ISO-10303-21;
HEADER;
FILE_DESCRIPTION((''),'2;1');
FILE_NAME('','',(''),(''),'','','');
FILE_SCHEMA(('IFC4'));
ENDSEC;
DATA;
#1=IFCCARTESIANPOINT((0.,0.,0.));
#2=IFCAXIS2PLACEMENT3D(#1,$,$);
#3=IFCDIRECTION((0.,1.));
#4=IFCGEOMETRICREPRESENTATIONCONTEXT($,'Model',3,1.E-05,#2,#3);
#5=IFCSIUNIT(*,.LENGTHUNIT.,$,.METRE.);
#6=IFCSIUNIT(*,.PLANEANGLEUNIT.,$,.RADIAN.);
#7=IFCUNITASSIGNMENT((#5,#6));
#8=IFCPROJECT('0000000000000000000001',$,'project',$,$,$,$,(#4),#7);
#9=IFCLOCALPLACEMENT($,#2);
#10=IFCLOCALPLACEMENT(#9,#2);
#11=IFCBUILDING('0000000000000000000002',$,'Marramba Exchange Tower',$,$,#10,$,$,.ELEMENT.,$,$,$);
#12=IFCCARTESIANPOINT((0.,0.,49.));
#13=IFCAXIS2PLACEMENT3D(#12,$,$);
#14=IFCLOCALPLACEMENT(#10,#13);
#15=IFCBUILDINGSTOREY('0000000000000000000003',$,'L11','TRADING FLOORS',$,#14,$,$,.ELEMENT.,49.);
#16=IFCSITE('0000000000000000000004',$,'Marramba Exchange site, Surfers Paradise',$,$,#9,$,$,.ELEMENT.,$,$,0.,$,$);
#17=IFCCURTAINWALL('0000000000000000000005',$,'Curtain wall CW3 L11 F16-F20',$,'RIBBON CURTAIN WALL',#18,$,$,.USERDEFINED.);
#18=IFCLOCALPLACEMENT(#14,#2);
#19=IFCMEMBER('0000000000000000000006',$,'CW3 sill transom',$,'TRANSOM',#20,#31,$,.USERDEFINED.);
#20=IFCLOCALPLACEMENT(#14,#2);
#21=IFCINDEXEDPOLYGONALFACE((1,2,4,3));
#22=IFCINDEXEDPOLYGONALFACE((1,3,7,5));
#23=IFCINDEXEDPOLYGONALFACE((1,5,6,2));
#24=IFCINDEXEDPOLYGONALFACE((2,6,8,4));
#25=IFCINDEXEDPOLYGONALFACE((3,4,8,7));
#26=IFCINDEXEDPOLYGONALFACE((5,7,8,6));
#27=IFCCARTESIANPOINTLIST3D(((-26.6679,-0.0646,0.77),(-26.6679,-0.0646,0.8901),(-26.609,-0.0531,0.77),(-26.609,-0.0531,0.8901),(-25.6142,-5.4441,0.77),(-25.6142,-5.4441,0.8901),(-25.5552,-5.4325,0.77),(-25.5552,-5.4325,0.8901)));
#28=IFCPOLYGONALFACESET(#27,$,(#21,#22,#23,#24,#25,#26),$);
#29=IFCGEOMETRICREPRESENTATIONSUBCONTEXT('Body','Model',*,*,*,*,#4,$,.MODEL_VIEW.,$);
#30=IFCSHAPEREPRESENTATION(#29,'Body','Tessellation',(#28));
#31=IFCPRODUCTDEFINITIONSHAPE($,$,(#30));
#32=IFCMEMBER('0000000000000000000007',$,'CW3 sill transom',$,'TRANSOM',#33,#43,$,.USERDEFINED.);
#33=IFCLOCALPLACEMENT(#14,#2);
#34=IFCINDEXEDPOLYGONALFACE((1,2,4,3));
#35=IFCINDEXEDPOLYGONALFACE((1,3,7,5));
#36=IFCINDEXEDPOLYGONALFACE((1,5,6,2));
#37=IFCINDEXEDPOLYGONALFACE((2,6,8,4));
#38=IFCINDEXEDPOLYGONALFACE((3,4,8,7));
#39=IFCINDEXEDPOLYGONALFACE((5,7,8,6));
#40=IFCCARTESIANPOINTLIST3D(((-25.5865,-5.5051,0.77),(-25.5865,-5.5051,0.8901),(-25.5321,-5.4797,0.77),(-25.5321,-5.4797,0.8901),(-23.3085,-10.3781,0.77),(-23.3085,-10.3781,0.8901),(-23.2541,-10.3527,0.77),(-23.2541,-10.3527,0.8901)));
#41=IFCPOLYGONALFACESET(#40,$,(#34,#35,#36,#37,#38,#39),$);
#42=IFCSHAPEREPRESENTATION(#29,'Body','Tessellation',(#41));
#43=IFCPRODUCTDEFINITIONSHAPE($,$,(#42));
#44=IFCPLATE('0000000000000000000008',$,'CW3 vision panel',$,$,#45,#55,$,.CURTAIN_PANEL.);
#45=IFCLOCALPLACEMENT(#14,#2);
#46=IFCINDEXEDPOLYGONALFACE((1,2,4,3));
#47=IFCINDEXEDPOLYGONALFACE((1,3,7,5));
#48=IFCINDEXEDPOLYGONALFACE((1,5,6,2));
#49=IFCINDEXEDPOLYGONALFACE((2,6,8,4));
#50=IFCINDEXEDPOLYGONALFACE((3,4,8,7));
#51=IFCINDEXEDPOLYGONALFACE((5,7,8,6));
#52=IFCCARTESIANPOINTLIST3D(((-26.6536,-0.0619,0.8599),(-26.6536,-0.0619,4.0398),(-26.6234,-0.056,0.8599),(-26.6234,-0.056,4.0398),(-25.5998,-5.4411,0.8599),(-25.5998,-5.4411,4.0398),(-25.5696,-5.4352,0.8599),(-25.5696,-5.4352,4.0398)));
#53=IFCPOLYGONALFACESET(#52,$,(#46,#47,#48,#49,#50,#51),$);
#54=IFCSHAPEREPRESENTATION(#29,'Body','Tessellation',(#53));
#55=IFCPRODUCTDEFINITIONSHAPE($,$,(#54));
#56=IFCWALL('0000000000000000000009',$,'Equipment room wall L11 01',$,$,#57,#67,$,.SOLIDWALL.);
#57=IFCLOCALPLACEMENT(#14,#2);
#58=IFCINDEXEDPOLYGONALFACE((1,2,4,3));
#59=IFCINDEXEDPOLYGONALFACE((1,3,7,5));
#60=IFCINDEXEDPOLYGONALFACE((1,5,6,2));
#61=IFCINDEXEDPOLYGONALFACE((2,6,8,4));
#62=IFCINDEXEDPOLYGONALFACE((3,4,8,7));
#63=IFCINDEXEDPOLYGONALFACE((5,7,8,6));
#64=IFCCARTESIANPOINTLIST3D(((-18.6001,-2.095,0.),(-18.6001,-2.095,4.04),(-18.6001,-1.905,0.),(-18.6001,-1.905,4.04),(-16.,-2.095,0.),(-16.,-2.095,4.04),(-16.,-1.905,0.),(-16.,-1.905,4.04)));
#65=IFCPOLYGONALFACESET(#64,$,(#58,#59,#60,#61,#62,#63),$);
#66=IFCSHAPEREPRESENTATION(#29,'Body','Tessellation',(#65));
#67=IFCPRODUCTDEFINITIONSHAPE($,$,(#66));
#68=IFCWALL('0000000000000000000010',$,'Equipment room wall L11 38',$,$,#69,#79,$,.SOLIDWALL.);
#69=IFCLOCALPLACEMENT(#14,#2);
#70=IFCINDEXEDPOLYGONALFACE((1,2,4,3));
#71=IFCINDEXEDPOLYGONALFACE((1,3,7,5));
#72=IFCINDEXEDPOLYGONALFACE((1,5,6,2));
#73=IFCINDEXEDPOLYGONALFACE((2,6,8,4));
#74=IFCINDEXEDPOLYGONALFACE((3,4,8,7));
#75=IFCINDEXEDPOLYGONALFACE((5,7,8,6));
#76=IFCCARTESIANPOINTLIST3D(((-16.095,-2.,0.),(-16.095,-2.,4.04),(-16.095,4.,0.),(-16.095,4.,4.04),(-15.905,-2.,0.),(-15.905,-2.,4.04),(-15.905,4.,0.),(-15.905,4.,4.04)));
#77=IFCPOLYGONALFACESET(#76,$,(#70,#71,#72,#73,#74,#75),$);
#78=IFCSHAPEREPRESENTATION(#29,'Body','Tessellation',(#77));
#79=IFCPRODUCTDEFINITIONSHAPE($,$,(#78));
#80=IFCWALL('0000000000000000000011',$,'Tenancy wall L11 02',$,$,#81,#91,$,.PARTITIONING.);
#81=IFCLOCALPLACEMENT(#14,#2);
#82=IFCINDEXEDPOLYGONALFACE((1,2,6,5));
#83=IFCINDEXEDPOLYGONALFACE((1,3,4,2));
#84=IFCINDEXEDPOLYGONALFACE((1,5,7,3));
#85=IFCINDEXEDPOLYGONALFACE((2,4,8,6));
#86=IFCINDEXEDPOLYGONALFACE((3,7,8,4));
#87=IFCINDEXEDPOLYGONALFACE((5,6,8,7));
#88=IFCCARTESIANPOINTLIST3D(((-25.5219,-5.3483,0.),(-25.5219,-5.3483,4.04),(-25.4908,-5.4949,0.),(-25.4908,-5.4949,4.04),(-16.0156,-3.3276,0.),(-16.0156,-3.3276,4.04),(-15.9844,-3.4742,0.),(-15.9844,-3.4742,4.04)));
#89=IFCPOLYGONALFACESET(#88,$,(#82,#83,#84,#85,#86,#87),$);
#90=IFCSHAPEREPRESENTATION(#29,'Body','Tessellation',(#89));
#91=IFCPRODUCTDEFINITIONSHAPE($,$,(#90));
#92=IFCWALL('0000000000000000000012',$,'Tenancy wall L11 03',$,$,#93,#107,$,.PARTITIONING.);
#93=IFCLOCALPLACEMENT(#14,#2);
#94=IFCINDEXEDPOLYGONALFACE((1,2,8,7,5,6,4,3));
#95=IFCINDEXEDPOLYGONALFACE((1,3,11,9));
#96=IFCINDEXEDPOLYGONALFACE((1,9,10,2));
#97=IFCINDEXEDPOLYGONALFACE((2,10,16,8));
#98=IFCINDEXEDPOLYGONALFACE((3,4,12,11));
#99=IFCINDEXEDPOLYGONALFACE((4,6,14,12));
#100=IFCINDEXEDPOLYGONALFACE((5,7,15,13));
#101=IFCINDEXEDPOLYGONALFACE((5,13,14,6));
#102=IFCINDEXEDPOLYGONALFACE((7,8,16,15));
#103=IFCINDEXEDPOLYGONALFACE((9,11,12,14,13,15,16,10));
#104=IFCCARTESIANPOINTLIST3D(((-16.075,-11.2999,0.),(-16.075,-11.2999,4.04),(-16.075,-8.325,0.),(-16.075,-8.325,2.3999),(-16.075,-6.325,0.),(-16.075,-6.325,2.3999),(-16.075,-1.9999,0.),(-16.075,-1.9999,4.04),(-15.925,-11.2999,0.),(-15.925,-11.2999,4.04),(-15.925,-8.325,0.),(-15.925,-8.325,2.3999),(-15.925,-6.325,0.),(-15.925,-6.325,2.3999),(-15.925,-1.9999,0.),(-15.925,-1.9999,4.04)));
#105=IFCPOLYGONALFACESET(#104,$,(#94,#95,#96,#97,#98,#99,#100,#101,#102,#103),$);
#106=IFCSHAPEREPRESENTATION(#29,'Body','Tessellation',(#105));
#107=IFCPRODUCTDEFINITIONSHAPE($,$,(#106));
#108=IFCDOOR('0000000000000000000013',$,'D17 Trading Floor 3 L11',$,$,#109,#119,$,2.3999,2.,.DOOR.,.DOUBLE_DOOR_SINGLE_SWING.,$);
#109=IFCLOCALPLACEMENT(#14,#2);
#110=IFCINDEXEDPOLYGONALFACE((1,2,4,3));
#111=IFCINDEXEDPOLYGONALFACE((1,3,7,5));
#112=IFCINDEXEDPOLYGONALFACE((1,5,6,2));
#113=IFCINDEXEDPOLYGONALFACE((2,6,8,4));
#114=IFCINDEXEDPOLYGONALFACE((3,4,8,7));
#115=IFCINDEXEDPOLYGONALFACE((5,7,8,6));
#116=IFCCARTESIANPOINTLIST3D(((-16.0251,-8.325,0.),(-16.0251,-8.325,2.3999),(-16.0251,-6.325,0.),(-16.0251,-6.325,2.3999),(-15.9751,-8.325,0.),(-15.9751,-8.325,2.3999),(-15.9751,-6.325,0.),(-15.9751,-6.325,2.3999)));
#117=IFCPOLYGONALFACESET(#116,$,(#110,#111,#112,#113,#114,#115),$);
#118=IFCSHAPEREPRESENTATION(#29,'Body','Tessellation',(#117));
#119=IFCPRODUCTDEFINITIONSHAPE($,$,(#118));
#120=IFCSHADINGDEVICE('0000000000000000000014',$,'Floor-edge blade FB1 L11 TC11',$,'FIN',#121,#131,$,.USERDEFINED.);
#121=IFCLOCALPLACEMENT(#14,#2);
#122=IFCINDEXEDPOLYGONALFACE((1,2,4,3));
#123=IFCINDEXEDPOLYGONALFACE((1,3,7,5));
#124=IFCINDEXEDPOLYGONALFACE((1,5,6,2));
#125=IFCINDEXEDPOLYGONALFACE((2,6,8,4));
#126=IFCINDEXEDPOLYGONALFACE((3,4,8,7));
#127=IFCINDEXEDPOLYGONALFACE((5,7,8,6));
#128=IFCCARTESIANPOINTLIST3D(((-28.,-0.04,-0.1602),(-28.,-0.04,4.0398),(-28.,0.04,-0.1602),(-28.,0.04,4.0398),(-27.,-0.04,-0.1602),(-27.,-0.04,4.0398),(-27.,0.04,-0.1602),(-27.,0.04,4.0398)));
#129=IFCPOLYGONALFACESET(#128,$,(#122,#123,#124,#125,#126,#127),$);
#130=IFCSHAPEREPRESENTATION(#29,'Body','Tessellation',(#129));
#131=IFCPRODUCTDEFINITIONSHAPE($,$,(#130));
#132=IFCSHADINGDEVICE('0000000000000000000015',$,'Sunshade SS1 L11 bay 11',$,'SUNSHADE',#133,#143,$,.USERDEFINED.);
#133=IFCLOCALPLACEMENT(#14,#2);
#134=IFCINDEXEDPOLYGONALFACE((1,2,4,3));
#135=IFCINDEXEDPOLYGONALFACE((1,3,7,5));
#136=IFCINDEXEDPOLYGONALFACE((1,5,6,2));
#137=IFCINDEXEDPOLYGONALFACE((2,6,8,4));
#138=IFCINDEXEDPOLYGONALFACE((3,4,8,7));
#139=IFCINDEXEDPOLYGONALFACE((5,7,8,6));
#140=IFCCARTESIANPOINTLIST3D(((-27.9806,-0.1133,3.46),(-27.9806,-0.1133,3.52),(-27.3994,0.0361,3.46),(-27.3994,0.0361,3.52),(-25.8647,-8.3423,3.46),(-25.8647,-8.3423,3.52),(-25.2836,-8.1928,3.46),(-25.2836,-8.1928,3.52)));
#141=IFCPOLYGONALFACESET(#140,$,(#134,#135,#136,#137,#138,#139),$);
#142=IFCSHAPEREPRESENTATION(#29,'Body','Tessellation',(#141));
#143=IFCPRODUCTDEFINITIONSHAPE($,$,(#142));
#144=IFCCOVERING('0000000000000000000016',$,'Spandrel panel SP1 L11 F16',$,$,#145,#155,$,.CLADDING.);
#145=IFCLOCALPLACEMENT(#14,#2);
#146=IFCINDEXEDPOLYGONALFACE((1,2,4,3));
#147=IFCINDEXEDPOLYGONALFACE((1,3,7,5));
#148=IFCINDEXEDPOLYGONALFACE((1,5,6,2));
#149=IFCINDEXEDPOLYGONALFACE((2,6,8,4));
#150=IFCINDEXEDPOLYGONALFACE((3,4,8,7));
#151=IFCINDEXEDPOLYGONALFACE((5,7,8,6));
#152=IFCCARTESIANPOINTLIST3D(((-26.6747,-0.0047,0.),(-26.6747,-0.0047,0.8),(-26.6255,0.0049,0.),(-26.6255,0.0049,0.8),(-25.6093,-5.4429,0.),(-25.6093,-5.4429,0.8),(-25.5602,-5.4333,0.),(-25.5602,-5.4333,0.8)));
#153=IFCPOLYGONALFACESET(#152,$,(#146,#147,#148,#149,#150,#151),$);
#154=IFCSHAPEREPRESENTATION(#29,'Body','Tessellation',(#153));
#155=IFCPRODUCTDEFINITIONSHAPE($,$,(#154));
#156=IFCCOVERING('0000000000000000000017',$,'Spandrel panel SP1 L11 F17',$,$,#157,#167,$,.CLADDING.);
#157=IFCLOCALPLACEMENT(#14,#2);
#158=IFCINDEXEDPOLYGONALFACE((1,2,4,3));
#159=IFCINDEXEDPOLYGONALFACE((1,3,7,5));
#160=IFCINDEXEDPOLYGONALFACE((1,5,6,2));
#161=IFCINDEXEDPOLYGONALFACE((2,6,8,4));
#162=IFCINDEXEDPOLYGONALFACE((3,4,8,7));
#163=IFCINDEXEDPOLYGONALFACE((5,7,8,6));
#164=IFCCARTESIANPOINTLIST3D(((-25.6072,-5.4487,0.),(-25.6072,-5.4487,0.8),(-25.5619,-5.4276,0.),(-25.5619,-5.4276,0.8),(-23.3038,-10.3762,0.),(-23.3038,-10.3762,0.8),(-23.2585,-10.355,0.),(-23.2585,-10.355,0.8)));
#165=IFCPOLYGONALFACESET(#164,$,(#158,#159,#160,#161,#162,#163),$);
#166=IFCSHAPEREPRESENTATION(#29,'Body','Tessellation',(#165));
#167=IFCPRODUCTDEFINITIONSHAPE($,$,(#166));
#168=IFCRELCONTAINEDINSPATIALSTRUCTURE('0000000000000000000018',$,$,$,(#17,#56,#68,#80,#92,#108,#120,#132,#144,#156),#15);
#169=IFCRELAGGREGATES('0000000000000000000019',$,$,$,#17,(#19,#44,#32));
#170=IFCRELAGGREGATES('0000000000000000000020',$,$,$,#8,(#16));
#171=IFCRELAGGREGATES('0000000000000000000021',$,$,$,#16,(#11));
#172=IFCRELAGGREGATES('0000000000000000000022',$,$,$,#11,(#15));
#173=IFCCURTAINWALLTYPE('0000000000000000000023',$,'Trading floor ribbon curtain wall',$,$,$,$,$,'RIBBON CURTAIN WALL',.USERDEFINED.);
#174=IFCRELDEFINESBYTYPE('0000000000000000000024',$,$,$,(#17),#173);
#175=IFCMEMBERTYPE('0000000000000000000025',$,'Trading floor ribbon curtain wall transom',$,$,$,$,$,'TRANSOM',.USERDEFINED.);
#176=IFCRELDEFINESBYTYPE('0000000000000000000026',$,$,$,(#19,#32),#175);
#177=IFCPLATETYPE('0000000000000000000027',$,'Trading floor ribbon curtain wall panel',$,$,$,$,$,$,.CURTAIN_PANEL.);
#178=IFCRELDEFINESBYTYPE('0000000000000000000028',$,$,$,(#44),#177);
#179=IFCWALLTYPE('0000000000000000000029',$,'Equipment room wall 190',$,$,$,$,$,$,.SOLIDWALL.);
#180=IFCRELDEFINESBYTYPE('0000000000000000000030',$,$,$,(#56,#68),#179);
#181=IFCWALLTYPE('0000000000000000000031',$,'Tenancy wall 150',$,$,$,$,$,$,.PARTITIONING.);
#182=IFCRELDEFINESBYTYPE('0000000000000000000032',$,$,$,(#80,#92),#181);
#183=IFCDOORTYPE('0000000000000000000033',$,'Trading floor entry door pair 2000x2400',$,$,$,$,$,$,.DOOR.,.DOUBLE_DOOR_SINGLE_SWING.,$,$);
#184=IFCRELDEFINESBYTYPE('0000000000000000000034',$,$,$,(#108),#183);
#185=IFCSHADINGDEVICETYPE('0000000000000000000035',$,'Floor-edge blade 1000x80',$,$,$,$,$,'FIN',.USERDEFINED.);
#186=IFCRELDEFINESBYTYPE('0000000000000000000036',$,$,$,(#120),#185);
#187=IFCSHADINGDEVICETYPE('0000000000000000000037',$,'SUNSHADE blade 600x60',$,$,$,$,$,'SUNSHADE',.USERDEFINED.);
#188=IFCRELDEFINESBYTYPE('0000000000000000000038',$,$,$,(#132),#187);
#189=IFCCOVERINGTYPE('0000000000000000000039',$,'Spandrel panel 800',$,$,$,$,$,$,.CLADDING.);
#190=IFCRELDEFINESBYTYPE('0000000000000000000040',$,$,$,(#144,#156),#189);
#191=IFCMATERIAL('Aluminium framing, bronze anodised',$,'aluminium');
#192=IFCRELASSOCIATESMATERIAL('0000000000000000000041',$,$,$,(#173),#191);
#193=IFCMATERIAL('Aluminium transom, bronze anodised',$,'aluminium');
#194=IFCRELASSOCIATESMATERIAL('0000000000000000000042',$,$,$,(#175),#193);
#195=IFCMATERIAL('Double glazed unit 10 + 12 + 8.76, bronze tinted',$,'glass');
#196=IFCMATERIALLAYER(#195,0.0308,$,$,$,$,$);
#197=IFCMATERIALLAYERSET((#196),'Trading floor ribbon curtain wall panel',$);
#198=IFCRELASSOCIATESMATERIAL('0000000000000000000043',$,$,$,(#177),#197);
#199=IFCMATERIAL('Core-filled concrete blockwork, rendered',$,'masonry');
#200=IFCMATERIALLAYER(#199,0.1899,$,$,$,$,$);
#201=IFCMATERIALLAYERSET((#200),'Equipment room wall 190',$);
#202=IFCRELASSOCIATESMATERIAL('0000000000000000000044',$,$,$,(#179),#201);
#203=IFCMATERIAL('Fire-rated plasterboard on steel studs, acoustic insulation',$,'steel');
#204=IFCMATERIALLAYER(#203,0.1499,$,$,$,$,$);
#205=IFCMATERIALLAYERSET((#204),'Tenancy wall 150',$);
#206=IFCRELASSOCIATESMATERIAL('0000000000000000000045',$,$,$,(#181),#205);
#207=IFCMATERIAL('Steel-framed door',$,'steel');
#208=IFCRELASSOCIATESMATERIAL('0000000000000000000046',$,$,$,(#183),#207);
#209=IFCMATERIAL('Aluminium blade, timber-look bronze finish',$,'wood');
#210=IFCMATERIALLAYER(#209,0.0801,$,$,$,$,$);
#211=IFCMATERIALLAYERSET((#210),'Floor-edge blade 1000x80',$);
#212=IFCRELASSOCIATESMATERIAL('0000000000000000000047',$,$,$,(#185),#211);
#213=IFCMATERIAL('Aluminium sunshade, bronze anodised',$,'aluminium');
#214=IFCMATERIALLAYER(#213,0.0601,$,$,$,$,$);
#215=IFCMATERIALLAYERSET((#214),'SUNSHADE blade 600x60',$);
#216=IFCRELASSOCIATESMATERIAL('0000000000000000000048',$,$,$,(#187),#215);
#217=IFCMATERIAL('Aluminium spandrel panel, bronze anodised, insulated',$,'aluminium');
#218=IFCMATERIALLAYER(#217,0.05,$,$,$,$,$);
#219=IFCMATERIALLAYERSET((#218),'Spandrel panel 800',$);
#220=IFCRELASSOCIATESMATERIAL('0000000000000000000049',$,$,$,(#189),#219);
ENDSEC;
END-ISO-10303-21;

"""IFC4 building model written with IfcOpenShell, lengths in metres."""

from ifc_helpers import new_model, si_unit, direction, frame, frame_2d, origin, origin_2d, place, context, subcontext, project, spatial, rectangle, extrude, material, layer, layer_set, material_profile, profile_set, type_object, element, fill, aggregate, save


model = new_model("IFC4")

# Units and contexts
model_context = context("Model", 3, precision=1e-05, world=origin(), true_north=direction((0.0, 1.0)))
body_context = subcontext(model_context, "Body", "Model", "MODEL_VIEW")
ifc_project = project(units=[si_unit("LENGTHUNIT", "METRE"), si_unit("PLANEANGLEUNIT", "RADIAN")], contexts=[model_context])

# Site, building, storey
site_placement = place(None, origin())
site = spatial("IfcSite", under=ifc_project, at=site_placement, Name="Marramba Exchange site, Surfers Paradise", CompositionType="ELEMENT", RefElevation=0.0)
building_placement = place(site_placement, origin())
building = spatial("IfcBuilding", under=site, at=building_placement, Name="Marramba Exchange Tower", CompositionType="ELEMENT")
storey_placement = place(building_placement, frame((0.0, 0.0, 49.0)))
storey = spatial("IfcBuildingStorey", under=building, at=storey_placement, Name="L11", Description="TRADING FLOORS", CompositionType="ELEMENT", Elevation=49.0)

# Curtain wall, members, plate
ifc_material_1 = material(Name="Aluminium framing, bronze anodised", Category="aluminium")
curtain_wall_type = type_object("IfcCurtainWallType", Name="Trading floor ribbon curtain wall", ElementType="RIBBON CURTAIN WALL", PredefinedType="USERDEFINED", material=ifc_material_1)
curtain_wall_placement = place(storey_placement, origin())
curtain_wall = element("IfcCurtainWall", 1, at=curtain_wall_placement, inside=storey, type_object=curtain_wall_type, Name="Curtain wall CW3 L11 F16-F20", ObjectType="RIBBON CURTAIN WALL", PredefinedType="USERDEFINED")
ifc_material_2 = material(Name="Aluminium transom, bronze anodised", Category="aluminium")
ifc_material_profile_1 = material_profile(ifc_material_2, rectangle(XDim=0.0601, YDim=0.1201, at=origin_2d()), Name="CW3 transom 60x120")
ifc_profile_set_1 = profile_set([ifc_material_profile_1], Name="Aluminium transom, bronze anodised")
member_type_1 = type_object("IfcMemberType", Name="Trading floor ribbon curtain wall transom", ElementType="TRANSOM", PredefinedType="USERDEFINED", material=ifc_profile_set_1)
member_1_placement = place(storey_placement, frame((-26.6384, -0.0588, 0.8301), z_axis=(0.192226, -0.981351, 0.0), x_axis=(0.981351, 0.192226, 0.0)))
member_1 = element("IfcMember", 2, at=member_1_placement, type_object=member_type_1, Name="CW3 sill transom", ObjectType="TRANSOM", PredefinedType="USERDEFINED", context=body_context, shape_type="SweptSolid", body=[
    extrude(rectangle(XDim=0.0601, YDim=0.1201, at=origin_2d()), origin(), (0.0, 0.0, 1.0), 5.4817),
])
member_2_placement = place(storey_placement, frame((-25.5593, -5.4924, 0.8301), z_axis=(0.423494, -0.905899, 0.0), x_axis=(0.905899, 0.423494, 0.0)))
member_2 = element("IfcMember", 3, at=member_2_placement, type_object=member_type_1, Name="CW3 sill transom", ObjectType="TRANSOM", PredefinedType="USERDEFINED", context=body_context, shape_type="SweptSolid", body=[
    extrude(rectangle(XDim=0.0601, YDim=0.1201, at=origin_2d()), origin(), (0.0, 0.0, 1.0), 5.3792),
])
ifc_material_3 = material(Name="Double glazed unit 10 + 12 + 8.76, bronze tinted", Category="glass")
ifc_layer_1 = layer(ifc_material_3, 0.0308)
ifc_layer_set_1 = layer_set([ifc_layer_1], Name="Trading floor ribbon curtain wall panel")
plate_type = type_object("IfcPlateType", Name="Trading floor ribbon curtain wall panel", PredefinedType="CURTAIN_PANEL", material=ifc_layer_set_1)
plate_placement = place(storey_placement, frame((-26.1116, -2.7485, 0.8599), z_axis=(0.0, 0.0, 1.0), x_axis=(0.192249, -0.981346, 0.0)))
plate = element("IfcPlate", 4, at=plate_placement, type_object=plate_type, Name="CW3 vision panel", PredefinedType="CURTAIN_PANEL", context=body_context, shape_type="SweptSolid", body=[
    extrude(rectangle(XDim=5.4814, YDim=0.0308, at=origin_2d()), origin(), (0.0, 0.0, 1.0), 3.1799),
])
aggregate(curtain_wall, [member_1, plate, member_2])

# Walls
ifc_material_4 = material(Name="Core-filled concrete blockwork, rendered", Category="masonry")
ifc_layer_2 = layer(ifc_material_4, 0.1899)
ifc_layer_set_2 = layer_set([ifc_layer_2], Name="Equipment room wall 190")
wall_type_1 = type_object("IfcWallType", Name="Equipment room wall 190", PredefinedType="SOLIDWALL", material=ifc_layer_set_2)
wall_1_placement = place(storey_placement, frame((-18.6001, -2.0, 0.0), z_axis=(0.0, 0.0, 1.0), x_axis=(1.0, 0.0, 0.0)))
element("IfcWall", 5, at=wall_1_placement, inside=storey, type_object=wall_type_1, Name="Equipment room wall L11 01", PredefinedType="SOLIDWALL", context=body_context, shape_type="SweptSolid", body=[
    extrude(rectangle(XDim=2.6001, YDim=0.1899, at=frame_2d((1.3, 0.0))), origin(), (0.0, 0.0, 1.0), 4.04),
])
wall_2_placement = place(storey_placement, frame((-16.0, -2.0, 0.0), z_axis=(0.0, 0.0, 1.0), x_axis=(0.0, 1.0, 0.0)))
element("IfcWall", 6, at=wall_2_placement, inside=storey, type_object=wall_type_1, Name="Equipment room wall L11 38", PredefinedType="SOLIDWALL", context=body_context, shape_type="SweptSolid", body=[
    extrude(rectangle(XDim=6.0, YDim=0.1899, at=frame_2d((3.0, 0.0))), origin(), (0.0, 0.0, 1.0), 4.04),
])
ifc_material_5 = material(Name="Fire-rated plasterboard on steel studs, acoustic insulation", Category="steel")
ifc_layer_3 = layer(ifc_material_5, 0.1499)
ifc_layer_set_3 = layer_set([ifc_layer_3], Name="Tenancy wall 150")
wall_type_2 = type_object("IfcWallType", Name="Tenancy wall 150", PredefinedType="PARTITIONING", material=ifc_layer_set_3)
wall_3_placement = place(storey_placement, frame((-16.0, -3.4009, 0.0), z_axis=(0.0, 0.0, 1.0), x_axis=(-0.978145, -0.207923, 0.0)))
element("IfcWall", 7, at=wall_3_placement, inside=storey, type_object=wall_type_2, Name="Tenancy wall L11 02", PredefinedType="PARTITIONING", context=body_context, shape_type="SweptSolid", body=[
    extrude(rectangle(XDim=9.7188, YDim=0.1499, at=frame_2d((4.8594, 0.0))), origin(), (0.0, 0.0, 1.0), 4.04),
])

# Wall, opening, door
wall_4_placement = place(storey_placement, frame((-16.0, -2.0, 0.0), z_axis=(0.0, 0.0, 1.0), x_axis=(0.0, -1.0, 0.0)))
wall_4 = element("IfcWall", 8, at=wall_4_placement, inside=storey, type_object=wall_type_2, Name="Tenancy wall L11 03", PredefinedType="PARTITIONING", context=body_context, shape_type="SweptSolid", body=[
    extrude(rectangle(XDim=9.3, YDim=0.1499, at=frame_2d((4.6499, 0.0))), origin(), (0.0, 0.0, 1.0), 4.04),
])
opening_placement = place(wall_4_placement, frame((4.325, 0.0, 0.0)))
opening = element("IfcOpeningElement", 9, at=opening_placement, cuts=wall_4, PredefinedType="OPENING", context=body_context, shape_type="SweptSolid", body=[
    extrude(rectangle(XDim=2.0, YDim=2.3999, at=frame_2d((1.0, 1.2))), frame((0.0, 0.085, 0.0), z_axis=(0.0, -1.0, 0.0), x_axis=(1.0, 0.0, 0.0)), (0.0, 0.0, 1.0), 0.1699),
])
ifc_material_6 = material(Name="Steel-framed door", Category="steel")
door_type = type_object("IfcDoorType", Name="Trading floor entry door pair 2000x2400", OperationType="DOUBLE_DOOR_SINGLE_SWING", PredefinedType="DOOR", material=ifc_material_6)
door_placement = place(opening_placement, origin())
door = element("IfcDoor", 10, at=door_placement, inside=storey, type_object=door_type, Name="D17 Trading Floor 3 L11", OperationType="DOUBLE_DOOR_SINGLE_SWING", OverallHeight=2.3999, OverallWidth=2.0, PredefinedType="DOOR", context=body_context, shape_type="SweptSolid", body=[
    extrude(rectangle(XDim=2.0, YDim=2.3999, at=frame_2d((1.0, 1.2))), frame((0.0, 0.0249, 0.0), z_axis=(0.0, -1.0, 0.0), x_axis=(1.0, 0.0, 0.0)), (0.0, 0.0, 1.0), 0.05),
])
fill(opening, door)

# Shading devices
ifc_material_7 = material(Name="Aluminium blade, timber-look bronze finish", Category="wood")
ifc_layer_4 = layer(ifc_material_7, 0.0801)
ifc_layer_set_4 = layer_set([ifc_layer_4], Name="Floor-edge blade 1000x80")
shading_device_type_1 = type_object("IfcShadingDeviceType", Name="Floor-edge blade 1000x80", ElementType="FIN", PredefinedType="USERDEFINED", material=ifc_layer_set_4)
shading_device_1_placement = place(storey_placement, frame((-27.5, 0.0, -0.1602), z_axis=(0.0, 0.0, 1.0), x_axis=(-1.0, 0.0, 0.0)))
element("IfcShadingDevice", 11, at=shading_device_1_placement, inside=storey, type_object=shading_device_type_1, Name="Floor-edge blade FB1 L11 TC11", ObjectType="FIN", PredefinedType="USERDEFINED", context=body_context, shape_type="SweptSolid", body=[
    extrude(rectangle(XDim=1.0, YDim=0.0801, at=origin_2d()), origin(), (0.0, 0.0, 1.0), 4.2),
])
ifc_material_8 = material(Name="Aluminium sunshade, bronze anodised", Category="aluminium")
ifc_layer_5 = layer(ifc_material_8, 0.0601)
ifc_layer_set_5 = layer_set([ifc_layer_5], Name="SUNSHADE blade 600x60")
shading_device_type_2 = type_object("IfcShadingDeviceType", Name="SUNSHADE blade 600x60", ElementType="SUNSHADE", PredefinedType="USERDEFINED", material=ifc_layer_set_5)
shading_device_2_placement = place(storey_placement, frame((-26.6321, -4.1531, 3.46), z_axis=(0.0, 0.0, 1.0), x_axis=(0.249025, -0.968497, 0.0)))
element("IfcShadingDevice", 12, at=shading_device_2_placement, inside=storey, type_object=shading_device_type_2, Name="Sunshade SS1 L11 bay 11", ObjectType="SUNSHADE", PredefinedType="USERDEFINED", context=body_context, shape_type="SweptSolid", body=[
    extrude(rectangle(XDim=8.4966, YDim=0.6001, at=origin_2d()), origin(), (0.0, 0.0, 1.0), 0.0601),
])

# Coverings
ifc_material_9 = material(Name="Aluminium spandrel panel, bronze anodised, insulated", Category="aluminium")
ifc_layer_6 = layer(ifc_material_9, 0.05)
ifc_layer_set_6 = layer_set([ifc_layer_6], Name="Spandrel panel 800")
covering_type = type_object("IfcCoveringType", Name="Spandrel panel 800", PredefinedType="CLADDING", material=ifc_layer_set_6)
covering_1_placement = place(storey_placement, frame((-26.1174, -2.719, 0.0), z_axis=(0.0, 0.0, 1.0), x_axis=(0.192249, -0.981346, 0.0)))
element("IfcCovering", 13, at=covering_1_placement, inside=storey, type_object=covering_type, Name="Spandrel panel SP1 L11 F16", PredefinedType="CLADDING", context=body_context, shape_type="SweptSolid", body=[
    extrude(rectangle(XDim=5.5415, YDim=0.05, at=origin_2d()), origin(), (0.0, 0.0, 1.0), 0.8),
])
covering_2_placement = place(storey_placement, frame((-24.4329, -7.9019, 0.0), z_axis=(0.0, 0.0, 1.0), x_axis=(0.423477, -0.905907, 0.0)))
element("IfcCovering", 14, at=covering_2_placement, inside=storey, type_object=covering_type, Name="Spandrel panel SP1 L11 F17", PredefinedType="CLADDING", context=body_context, shape_type="SweptSolid", body=[
    extrude(rectangle(XDim=5.4392, YDim=0.05, at=origin_2d()), origin(), (0.0, 0.0, 1.0), 0.8),
])

save(model, "model.ifc")
